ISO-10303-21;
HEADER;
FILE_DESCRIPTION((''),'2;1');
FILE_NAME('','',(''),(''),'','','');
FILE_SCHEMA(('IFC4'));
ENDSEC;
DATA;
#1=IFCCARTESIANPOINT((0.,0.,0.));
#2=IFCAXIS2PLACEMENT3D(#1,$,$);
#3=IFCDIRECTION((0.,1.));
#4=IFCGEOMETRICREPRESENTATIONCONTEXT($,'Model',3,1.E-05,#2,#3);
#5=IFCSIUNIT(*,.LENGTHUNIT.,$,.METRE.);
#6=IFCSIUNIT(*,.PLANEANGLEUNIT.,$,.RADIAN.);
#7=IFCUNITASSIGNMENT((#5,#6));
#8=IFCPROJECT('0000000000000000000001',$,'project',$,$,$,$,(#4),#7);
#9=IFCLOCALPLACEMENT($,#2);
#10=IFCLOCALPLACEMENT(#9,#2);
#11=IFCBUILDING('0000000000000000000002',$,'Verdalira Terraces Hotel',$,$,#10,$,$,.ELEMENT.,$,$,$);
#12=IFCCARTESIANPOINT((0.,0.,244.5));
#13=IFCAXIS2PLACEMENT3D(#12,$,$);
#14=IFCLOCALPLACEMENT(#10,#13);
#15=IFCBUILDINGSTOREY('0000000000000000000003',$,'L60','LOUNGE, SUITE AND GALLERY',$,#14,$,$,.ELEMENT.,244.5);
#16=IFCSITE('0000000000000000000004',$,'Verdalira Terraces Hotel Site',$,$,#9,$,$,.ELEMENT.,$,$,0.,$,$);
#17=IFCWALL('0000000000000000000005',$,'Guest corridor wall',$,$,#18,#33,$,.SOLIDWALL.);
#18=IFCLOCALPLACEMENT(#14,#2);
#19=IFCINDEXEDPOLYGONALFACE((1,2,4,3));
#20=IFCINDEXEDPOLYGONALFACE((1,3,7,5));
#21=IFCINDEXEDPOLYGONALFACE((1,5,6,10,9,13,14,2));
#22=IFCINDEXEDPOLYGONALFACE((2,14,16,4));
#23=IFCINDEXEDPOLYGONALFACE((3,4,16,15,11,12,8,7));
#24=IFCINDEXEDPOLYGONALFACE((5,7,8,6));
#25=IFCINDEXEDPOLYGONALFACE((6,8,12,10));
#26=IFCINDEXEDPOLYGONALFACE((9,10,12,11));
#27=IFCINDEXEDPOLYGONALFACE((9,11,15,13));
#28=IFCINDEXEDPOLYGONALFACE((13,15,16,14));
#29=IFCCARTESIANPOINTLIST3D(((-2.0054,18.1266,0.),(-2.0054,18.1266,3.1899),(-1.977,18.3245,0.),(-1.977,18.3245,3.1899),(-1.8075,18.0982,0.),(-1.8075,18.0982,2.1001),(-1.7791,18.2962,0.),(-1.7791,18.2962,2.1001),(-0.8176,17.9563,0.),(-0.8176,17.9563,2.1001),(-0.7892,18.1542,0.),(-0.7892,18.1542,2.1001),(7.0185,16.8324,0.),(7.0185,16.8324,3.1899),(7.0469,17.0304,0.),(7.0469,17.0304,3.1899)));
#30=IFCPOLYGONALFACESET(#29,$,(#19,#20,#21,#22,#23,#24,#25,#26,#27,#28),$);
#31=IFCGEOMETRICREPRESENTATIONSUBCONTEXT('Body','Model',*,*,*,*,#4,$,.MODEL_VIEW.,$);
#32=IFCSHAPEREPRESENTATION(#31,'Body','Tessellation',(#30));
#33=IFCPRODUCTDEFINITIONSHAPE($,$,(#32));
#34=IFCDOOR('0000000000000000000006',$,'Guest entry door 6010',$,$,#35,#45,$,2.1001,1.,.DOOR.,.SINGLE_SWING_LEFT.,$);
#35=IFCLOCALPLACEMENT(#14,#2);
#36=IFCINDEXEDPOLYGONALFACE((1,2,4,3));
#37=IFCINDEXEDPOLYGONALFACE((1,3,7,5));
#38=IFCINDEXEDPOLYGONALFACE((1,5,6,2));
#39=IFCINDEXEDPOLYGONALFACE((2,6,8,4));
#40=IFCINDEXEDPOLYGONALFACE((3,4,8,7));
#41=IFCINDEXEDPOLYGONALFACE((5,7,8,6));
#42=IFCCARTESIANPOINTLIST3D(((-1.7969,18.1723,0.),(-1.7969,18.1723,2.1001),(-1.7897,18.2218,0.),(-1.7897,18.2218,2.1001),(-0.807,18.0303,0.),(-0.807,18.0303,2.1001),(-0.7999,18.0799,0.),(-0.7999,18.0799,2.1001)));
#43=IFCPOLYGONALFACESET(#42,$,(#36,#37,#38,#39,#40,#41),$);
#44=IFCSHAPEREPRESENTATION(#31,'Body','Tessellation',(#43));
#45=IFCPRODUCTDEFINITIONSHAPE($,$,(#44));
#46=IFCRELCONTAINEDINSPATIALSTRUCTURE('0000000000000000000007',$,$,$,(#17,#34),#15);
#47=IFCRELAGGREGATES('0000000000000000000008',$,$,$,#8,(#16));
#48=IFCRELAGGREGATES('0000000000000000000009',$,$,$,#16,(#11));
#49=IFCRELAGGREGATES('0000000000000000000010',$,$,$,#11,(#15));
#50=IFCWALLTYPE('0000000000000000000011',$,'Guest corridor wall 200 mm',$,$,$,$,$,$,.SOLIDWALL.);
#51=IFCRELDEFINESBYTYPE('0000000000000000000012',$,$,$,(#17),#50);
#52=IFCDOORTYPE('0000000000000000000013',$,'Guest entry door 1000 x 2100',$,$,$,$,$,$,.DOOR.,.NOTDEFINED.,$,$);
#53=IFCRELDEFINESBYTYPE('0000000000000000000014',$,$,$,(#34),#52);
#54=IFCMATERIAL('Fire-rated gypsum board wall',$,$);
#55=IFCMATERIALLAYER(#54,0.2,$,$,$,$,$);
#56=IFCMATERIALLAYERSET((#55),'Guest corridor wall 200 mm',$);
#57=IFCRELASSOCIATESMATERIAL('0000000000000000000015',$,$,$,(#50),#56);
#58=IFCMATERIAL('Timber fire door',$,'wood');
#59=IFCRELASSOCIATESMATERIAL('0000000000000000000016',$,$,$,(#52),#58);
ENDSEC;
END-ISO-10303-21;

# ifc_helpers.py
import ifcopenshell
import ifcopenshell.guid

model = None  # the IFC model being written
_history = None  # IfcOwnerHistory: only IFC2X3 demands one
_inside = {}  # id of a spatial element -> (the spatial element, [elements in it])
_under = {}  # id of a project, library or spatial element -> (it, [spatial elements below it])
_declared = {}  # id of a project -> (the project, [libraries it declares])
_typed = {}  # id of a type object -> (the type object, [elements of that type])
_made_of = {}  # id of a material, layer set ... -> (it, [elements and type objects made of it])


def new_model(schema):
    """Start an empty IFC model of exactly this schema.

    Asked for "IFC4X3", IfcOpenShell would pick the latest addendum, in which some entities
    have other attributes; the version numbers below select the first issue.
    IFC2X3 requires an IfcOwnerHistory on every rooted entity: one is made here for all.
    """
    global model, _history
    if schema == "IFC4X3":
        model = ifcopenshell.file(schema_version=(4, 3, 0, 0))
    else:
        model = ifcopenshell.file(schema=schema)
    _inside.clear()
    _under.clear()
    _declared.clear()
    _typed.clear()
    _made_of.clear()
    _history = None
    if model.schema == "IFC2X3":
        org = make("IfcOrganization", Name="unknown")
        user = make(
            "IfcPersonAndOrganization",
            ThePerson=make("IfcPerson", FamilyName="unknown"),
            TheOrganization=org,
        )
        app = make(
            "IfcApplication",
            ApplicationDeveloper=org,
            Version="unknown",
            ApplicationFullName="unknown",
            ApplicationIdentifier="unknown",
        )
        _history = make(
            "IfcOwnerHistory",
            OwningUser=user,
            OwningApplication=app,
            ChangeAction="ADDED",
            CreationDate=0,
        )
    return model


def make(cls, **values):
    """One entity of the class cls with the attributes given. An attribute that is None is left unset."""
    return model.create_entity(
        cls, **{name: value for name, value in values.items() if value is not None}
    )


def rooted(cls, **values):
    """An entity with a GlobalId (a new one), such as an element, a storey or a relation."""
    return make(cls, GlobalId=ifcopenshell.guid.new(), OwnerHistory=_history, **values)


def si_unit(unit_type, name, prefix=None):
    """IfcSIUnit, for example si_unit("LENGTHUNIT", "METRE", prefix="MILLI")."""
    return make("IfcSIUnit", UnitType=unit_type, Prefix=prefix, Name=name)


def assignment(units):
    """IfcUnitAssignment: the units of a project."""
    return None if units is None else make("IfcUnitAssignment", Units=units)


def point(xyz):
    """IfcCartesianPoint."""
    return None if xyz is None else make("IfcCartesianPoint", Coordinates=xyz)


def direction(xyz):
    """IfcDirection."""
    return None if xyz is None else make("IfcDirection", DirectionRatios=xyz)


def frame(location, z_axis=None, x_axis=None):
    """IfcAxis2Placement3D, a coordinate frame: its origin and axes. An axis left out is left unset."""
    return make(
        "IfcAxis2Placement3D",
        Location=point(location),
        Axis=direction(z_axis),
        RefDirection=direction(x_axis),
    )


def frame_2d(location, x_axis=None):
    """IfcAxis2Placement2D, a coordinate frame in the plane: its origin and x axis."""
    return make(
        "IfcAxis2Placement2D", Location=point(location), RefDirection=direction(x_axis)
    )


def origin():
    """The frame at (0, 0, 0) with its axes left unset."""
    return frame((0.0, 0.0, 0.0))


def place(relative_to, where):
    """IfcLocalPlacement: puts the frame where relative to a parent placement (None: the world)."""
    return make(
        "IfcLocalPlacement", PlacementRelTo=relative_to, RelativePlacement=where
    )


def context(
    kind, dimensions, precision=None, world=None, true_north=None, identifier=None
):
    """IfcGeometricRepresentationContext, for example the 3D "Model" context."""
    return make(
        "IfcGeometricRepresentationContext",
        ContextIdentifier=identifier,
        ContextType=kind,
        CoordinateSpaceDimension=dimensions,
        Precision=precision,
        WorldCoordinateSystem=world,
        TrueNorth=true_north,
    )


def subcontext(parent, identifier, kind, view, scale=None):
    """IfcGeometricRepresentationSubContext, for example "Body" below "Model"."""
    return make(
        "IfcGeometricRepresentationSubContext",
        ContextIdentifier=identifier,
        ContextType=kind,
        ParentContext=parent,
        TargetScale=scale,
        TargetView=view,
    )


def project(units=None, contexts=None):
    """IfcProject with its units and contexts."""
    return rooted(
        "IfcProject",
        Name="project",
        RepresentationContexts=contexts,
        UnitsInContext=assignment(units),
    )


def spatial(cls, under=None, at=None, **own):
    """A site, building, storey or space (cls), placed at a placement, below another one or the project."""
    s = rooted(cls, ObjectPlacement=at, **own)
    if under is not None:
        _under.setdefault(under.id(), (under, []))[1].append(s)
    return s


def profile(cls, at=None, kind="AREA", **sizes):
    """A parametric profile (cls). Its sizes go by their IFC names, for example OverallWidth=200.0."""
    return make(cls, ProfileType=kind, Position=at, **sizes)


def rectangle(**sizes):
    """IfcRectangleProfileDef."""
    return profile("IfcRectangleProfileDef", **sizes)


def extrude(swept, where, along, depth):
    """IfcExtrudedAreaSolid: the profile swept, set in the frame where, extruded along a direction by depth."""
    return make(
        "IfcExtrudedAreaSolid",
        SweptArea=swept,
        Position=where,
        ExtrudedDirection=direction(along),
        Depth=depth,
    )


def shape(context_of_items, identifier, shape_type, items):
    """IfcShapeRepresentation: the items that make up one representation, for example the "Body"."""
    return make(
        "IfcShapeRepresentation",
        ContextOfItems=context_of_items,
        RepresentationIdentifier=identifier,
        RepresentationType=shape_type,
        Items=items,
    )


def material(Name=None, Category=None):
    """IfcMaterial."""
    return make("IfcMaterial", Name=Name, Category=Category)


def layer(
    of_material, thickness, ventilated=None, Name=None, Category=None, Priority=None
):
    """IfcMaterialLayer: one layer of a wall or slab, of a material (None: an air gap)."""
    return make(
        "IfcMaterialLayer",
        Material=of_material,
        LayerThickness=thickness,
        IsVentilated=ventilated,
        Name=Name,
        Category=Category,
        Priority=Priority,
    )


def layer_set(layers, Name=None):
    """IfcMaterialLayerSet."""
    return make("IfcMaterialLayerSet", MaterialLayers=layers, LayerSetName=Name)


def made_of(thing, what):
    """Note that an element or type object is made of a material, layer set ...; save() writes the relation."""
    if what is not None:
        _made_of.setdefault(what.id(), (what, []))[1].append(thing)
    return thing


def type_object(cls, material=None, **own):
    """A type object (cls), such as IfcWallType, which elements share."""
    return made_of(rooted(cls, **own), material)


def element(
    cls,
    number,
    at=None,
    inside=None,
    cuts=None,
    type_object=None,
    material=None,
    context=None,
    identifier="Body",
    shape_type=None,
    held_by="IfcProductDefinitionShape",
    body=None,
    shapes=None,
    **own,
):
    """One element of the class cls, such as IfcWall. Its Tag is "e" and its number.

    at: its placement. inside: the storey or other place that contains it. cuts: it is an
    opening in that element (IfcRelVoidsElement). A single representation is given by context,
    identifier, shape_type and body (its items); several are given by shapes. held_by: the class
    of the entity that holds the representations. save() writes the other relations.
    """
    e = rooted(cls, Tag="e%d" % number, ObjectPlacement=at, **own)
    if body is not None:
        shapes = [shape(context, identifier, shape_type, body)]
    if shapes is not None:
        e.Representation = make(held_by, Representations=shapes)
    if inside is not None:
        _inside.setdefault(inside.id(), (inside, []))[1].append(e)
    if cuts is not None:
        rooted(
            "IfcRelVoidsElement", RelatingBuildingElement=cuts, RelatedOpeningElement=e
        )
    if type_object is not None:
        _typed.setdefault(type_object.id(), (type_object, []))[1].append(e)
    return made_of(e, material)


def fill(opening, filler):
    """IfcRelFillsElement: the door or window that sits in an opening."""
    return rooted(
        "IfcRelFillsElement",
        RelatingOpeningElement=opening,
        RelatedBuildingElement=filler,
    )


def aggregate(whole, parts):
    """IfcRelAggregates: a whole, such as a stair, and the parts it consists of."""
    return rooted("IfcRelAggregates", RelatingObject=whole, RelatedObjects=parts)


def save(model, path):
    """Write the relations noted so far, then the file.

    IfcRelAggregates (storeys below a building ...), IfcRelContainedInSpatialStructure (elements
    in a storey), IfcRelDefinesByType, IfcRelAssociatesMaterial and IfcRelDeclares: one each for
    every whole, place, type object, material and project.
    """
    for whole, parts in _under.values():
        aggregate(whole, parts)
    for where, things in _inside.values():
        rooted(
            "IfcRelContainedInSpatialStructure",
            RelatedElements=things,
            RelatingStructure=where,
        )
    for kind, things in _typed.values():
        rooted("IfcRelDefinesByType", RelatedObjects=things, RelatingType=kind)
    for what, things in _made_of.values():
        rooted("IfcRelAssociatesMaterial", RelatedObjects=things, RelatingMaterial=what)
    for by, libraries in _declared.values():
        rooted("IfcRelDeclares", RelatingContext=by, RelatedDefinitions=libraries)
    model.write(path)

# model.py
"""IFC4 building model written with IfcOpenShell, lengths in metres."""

from ifc_helpers import new_model, si_unit, direction, frame, frame_2d, origin, place, context, subcontext, project, spatial, rectangle, extrude, material, layer, layer_set, type_object, element, fill, save


model = new_model("IFC4")

# Units and contexts
model_context = context("Model", 3, precision=1e-05, world=origin(), true_north=direction((0.0, 1.0)))
body_context = subcontext(model_context, "Body", "Model", "MODEL_VIEW")
ifc_project = project(units=[si_unit("LENGTHUNIT", "METRE"), si_unit("PLANEANGLEUNIT", "RADIAN")], contexts=[model_context])

# Site, building, storey
site_placement = place(None, origin())
site = spatial("IfcSite", under=ifc_project, at=site_placement, Name="Verdalira Terraces Hotel Site", CompositionType="ELEMENT", RefElevation=0.0)
building_placement = place(site_placement, origin())
building = spatial("IfcBuilding", under=site, at=building_placement, Name="Verdalira Terraces Hotel", CompositionType="ELEMENT")
storey_placement = place(building_placement, frame((0.0, 0.0, 244.5)))
storey = spatial("IfcBuildingStorey", under=building, at=storey_placement, Name="L60", Description="LOUNGE, SUITE AND GALLERY", CompositionType="ELEMENT", Elevation=244.5)

# Shared definitions
ifc_material_1 = material(Name="Fire-rated gypsum board wall")
ifc_layer_1 = layer(ifc_material_1, 0.2)
ifc_layer_set_1 = layer_set([ifc_layer_1], Name="Guest corridor wall 200 mm")
wall_type_1 = type_object("IfcWallType", Name="Guest corridor wall 200 mm", PredefinedType="SOLIDWALL", material=ifc_layer_set_1)

# Wall, opening, door
wall_1_placement = place(storey_placement, frame((-1.9912, 18.2256, 0.0), z_axis=(0.0, 0.0, 1.0), x_axis=(0.989872, -0.141965, 0.0)))
wall_1 = element("IfcWall", 1, at=wall_1_placement, inside=storey, type_object=wall_type_1, Name="Guest corridor wall", PredefinedType="SOLIDWALL", context=body_context, shape_type="SweptSolid", body=[
    extrude(rectangle(XDim=9.1162, YDim=0.2, at=frame_2d((4.5581, 0.0))), origin(), (0.0, 0.0, 1.0), 3.1899),
])
opening_1_placement = place(wall_1_placement, frame((0.2, 0.0, 0.0)))
opening_1 = element("IfcOpeningElement", 2, at=opening_1_placement, cuts=wall_1, PredefinedType="OPENING", context=body_context, shape_type="SweptSolid", body=[
    extrude(rectangle(XDim=1.0, YDim=2.1001, at=frame_2d((0.5, 1.05))), frame((0.0, 0.1099, 0.0), z_axis=(0.0, -1.0, 0.0), x_axis=(1.0, 0.0, 0.0)), (0.0, 0.0, 1.0), 0.22),
])
ifc_material_2 = material(Name="Timber fire door", Category="wood")
door_type_1 = type_object("IfcDoorType", Name="Guest entry door 1000 x 2100", OperationType="NOTDEFINED", PredefinedType="DOOR", material=ifc_material_2)
door_1_placement = place(opening_1_placement, origin())
door_1 = element("IfcDoor", 3, at=door_1_placement, inside=storey, type_object=door_type_1, Name="Guest entry door 6010", OperationType="SINGLE_SWING_LEFT", OverallHeight=2.1001, OverallWidth=1.0, PredefinedType="DOOR", context=body_context, shape_type="SweptSolid", body=[
    extrude(rectangle(XDim=1.0, YDim=2.1001, at=frame_2d((0.5, 1.05))), frame((0.0, 0.0249, 0.0), z_axis=(0.0, -1.0, 0.0), x_axis=(1.0, 0.0, 0.0)), (0.0, 0.0, 1.0), 0.05),
])
fill(opening_1, door_1)

save(model, "model.ifc")
